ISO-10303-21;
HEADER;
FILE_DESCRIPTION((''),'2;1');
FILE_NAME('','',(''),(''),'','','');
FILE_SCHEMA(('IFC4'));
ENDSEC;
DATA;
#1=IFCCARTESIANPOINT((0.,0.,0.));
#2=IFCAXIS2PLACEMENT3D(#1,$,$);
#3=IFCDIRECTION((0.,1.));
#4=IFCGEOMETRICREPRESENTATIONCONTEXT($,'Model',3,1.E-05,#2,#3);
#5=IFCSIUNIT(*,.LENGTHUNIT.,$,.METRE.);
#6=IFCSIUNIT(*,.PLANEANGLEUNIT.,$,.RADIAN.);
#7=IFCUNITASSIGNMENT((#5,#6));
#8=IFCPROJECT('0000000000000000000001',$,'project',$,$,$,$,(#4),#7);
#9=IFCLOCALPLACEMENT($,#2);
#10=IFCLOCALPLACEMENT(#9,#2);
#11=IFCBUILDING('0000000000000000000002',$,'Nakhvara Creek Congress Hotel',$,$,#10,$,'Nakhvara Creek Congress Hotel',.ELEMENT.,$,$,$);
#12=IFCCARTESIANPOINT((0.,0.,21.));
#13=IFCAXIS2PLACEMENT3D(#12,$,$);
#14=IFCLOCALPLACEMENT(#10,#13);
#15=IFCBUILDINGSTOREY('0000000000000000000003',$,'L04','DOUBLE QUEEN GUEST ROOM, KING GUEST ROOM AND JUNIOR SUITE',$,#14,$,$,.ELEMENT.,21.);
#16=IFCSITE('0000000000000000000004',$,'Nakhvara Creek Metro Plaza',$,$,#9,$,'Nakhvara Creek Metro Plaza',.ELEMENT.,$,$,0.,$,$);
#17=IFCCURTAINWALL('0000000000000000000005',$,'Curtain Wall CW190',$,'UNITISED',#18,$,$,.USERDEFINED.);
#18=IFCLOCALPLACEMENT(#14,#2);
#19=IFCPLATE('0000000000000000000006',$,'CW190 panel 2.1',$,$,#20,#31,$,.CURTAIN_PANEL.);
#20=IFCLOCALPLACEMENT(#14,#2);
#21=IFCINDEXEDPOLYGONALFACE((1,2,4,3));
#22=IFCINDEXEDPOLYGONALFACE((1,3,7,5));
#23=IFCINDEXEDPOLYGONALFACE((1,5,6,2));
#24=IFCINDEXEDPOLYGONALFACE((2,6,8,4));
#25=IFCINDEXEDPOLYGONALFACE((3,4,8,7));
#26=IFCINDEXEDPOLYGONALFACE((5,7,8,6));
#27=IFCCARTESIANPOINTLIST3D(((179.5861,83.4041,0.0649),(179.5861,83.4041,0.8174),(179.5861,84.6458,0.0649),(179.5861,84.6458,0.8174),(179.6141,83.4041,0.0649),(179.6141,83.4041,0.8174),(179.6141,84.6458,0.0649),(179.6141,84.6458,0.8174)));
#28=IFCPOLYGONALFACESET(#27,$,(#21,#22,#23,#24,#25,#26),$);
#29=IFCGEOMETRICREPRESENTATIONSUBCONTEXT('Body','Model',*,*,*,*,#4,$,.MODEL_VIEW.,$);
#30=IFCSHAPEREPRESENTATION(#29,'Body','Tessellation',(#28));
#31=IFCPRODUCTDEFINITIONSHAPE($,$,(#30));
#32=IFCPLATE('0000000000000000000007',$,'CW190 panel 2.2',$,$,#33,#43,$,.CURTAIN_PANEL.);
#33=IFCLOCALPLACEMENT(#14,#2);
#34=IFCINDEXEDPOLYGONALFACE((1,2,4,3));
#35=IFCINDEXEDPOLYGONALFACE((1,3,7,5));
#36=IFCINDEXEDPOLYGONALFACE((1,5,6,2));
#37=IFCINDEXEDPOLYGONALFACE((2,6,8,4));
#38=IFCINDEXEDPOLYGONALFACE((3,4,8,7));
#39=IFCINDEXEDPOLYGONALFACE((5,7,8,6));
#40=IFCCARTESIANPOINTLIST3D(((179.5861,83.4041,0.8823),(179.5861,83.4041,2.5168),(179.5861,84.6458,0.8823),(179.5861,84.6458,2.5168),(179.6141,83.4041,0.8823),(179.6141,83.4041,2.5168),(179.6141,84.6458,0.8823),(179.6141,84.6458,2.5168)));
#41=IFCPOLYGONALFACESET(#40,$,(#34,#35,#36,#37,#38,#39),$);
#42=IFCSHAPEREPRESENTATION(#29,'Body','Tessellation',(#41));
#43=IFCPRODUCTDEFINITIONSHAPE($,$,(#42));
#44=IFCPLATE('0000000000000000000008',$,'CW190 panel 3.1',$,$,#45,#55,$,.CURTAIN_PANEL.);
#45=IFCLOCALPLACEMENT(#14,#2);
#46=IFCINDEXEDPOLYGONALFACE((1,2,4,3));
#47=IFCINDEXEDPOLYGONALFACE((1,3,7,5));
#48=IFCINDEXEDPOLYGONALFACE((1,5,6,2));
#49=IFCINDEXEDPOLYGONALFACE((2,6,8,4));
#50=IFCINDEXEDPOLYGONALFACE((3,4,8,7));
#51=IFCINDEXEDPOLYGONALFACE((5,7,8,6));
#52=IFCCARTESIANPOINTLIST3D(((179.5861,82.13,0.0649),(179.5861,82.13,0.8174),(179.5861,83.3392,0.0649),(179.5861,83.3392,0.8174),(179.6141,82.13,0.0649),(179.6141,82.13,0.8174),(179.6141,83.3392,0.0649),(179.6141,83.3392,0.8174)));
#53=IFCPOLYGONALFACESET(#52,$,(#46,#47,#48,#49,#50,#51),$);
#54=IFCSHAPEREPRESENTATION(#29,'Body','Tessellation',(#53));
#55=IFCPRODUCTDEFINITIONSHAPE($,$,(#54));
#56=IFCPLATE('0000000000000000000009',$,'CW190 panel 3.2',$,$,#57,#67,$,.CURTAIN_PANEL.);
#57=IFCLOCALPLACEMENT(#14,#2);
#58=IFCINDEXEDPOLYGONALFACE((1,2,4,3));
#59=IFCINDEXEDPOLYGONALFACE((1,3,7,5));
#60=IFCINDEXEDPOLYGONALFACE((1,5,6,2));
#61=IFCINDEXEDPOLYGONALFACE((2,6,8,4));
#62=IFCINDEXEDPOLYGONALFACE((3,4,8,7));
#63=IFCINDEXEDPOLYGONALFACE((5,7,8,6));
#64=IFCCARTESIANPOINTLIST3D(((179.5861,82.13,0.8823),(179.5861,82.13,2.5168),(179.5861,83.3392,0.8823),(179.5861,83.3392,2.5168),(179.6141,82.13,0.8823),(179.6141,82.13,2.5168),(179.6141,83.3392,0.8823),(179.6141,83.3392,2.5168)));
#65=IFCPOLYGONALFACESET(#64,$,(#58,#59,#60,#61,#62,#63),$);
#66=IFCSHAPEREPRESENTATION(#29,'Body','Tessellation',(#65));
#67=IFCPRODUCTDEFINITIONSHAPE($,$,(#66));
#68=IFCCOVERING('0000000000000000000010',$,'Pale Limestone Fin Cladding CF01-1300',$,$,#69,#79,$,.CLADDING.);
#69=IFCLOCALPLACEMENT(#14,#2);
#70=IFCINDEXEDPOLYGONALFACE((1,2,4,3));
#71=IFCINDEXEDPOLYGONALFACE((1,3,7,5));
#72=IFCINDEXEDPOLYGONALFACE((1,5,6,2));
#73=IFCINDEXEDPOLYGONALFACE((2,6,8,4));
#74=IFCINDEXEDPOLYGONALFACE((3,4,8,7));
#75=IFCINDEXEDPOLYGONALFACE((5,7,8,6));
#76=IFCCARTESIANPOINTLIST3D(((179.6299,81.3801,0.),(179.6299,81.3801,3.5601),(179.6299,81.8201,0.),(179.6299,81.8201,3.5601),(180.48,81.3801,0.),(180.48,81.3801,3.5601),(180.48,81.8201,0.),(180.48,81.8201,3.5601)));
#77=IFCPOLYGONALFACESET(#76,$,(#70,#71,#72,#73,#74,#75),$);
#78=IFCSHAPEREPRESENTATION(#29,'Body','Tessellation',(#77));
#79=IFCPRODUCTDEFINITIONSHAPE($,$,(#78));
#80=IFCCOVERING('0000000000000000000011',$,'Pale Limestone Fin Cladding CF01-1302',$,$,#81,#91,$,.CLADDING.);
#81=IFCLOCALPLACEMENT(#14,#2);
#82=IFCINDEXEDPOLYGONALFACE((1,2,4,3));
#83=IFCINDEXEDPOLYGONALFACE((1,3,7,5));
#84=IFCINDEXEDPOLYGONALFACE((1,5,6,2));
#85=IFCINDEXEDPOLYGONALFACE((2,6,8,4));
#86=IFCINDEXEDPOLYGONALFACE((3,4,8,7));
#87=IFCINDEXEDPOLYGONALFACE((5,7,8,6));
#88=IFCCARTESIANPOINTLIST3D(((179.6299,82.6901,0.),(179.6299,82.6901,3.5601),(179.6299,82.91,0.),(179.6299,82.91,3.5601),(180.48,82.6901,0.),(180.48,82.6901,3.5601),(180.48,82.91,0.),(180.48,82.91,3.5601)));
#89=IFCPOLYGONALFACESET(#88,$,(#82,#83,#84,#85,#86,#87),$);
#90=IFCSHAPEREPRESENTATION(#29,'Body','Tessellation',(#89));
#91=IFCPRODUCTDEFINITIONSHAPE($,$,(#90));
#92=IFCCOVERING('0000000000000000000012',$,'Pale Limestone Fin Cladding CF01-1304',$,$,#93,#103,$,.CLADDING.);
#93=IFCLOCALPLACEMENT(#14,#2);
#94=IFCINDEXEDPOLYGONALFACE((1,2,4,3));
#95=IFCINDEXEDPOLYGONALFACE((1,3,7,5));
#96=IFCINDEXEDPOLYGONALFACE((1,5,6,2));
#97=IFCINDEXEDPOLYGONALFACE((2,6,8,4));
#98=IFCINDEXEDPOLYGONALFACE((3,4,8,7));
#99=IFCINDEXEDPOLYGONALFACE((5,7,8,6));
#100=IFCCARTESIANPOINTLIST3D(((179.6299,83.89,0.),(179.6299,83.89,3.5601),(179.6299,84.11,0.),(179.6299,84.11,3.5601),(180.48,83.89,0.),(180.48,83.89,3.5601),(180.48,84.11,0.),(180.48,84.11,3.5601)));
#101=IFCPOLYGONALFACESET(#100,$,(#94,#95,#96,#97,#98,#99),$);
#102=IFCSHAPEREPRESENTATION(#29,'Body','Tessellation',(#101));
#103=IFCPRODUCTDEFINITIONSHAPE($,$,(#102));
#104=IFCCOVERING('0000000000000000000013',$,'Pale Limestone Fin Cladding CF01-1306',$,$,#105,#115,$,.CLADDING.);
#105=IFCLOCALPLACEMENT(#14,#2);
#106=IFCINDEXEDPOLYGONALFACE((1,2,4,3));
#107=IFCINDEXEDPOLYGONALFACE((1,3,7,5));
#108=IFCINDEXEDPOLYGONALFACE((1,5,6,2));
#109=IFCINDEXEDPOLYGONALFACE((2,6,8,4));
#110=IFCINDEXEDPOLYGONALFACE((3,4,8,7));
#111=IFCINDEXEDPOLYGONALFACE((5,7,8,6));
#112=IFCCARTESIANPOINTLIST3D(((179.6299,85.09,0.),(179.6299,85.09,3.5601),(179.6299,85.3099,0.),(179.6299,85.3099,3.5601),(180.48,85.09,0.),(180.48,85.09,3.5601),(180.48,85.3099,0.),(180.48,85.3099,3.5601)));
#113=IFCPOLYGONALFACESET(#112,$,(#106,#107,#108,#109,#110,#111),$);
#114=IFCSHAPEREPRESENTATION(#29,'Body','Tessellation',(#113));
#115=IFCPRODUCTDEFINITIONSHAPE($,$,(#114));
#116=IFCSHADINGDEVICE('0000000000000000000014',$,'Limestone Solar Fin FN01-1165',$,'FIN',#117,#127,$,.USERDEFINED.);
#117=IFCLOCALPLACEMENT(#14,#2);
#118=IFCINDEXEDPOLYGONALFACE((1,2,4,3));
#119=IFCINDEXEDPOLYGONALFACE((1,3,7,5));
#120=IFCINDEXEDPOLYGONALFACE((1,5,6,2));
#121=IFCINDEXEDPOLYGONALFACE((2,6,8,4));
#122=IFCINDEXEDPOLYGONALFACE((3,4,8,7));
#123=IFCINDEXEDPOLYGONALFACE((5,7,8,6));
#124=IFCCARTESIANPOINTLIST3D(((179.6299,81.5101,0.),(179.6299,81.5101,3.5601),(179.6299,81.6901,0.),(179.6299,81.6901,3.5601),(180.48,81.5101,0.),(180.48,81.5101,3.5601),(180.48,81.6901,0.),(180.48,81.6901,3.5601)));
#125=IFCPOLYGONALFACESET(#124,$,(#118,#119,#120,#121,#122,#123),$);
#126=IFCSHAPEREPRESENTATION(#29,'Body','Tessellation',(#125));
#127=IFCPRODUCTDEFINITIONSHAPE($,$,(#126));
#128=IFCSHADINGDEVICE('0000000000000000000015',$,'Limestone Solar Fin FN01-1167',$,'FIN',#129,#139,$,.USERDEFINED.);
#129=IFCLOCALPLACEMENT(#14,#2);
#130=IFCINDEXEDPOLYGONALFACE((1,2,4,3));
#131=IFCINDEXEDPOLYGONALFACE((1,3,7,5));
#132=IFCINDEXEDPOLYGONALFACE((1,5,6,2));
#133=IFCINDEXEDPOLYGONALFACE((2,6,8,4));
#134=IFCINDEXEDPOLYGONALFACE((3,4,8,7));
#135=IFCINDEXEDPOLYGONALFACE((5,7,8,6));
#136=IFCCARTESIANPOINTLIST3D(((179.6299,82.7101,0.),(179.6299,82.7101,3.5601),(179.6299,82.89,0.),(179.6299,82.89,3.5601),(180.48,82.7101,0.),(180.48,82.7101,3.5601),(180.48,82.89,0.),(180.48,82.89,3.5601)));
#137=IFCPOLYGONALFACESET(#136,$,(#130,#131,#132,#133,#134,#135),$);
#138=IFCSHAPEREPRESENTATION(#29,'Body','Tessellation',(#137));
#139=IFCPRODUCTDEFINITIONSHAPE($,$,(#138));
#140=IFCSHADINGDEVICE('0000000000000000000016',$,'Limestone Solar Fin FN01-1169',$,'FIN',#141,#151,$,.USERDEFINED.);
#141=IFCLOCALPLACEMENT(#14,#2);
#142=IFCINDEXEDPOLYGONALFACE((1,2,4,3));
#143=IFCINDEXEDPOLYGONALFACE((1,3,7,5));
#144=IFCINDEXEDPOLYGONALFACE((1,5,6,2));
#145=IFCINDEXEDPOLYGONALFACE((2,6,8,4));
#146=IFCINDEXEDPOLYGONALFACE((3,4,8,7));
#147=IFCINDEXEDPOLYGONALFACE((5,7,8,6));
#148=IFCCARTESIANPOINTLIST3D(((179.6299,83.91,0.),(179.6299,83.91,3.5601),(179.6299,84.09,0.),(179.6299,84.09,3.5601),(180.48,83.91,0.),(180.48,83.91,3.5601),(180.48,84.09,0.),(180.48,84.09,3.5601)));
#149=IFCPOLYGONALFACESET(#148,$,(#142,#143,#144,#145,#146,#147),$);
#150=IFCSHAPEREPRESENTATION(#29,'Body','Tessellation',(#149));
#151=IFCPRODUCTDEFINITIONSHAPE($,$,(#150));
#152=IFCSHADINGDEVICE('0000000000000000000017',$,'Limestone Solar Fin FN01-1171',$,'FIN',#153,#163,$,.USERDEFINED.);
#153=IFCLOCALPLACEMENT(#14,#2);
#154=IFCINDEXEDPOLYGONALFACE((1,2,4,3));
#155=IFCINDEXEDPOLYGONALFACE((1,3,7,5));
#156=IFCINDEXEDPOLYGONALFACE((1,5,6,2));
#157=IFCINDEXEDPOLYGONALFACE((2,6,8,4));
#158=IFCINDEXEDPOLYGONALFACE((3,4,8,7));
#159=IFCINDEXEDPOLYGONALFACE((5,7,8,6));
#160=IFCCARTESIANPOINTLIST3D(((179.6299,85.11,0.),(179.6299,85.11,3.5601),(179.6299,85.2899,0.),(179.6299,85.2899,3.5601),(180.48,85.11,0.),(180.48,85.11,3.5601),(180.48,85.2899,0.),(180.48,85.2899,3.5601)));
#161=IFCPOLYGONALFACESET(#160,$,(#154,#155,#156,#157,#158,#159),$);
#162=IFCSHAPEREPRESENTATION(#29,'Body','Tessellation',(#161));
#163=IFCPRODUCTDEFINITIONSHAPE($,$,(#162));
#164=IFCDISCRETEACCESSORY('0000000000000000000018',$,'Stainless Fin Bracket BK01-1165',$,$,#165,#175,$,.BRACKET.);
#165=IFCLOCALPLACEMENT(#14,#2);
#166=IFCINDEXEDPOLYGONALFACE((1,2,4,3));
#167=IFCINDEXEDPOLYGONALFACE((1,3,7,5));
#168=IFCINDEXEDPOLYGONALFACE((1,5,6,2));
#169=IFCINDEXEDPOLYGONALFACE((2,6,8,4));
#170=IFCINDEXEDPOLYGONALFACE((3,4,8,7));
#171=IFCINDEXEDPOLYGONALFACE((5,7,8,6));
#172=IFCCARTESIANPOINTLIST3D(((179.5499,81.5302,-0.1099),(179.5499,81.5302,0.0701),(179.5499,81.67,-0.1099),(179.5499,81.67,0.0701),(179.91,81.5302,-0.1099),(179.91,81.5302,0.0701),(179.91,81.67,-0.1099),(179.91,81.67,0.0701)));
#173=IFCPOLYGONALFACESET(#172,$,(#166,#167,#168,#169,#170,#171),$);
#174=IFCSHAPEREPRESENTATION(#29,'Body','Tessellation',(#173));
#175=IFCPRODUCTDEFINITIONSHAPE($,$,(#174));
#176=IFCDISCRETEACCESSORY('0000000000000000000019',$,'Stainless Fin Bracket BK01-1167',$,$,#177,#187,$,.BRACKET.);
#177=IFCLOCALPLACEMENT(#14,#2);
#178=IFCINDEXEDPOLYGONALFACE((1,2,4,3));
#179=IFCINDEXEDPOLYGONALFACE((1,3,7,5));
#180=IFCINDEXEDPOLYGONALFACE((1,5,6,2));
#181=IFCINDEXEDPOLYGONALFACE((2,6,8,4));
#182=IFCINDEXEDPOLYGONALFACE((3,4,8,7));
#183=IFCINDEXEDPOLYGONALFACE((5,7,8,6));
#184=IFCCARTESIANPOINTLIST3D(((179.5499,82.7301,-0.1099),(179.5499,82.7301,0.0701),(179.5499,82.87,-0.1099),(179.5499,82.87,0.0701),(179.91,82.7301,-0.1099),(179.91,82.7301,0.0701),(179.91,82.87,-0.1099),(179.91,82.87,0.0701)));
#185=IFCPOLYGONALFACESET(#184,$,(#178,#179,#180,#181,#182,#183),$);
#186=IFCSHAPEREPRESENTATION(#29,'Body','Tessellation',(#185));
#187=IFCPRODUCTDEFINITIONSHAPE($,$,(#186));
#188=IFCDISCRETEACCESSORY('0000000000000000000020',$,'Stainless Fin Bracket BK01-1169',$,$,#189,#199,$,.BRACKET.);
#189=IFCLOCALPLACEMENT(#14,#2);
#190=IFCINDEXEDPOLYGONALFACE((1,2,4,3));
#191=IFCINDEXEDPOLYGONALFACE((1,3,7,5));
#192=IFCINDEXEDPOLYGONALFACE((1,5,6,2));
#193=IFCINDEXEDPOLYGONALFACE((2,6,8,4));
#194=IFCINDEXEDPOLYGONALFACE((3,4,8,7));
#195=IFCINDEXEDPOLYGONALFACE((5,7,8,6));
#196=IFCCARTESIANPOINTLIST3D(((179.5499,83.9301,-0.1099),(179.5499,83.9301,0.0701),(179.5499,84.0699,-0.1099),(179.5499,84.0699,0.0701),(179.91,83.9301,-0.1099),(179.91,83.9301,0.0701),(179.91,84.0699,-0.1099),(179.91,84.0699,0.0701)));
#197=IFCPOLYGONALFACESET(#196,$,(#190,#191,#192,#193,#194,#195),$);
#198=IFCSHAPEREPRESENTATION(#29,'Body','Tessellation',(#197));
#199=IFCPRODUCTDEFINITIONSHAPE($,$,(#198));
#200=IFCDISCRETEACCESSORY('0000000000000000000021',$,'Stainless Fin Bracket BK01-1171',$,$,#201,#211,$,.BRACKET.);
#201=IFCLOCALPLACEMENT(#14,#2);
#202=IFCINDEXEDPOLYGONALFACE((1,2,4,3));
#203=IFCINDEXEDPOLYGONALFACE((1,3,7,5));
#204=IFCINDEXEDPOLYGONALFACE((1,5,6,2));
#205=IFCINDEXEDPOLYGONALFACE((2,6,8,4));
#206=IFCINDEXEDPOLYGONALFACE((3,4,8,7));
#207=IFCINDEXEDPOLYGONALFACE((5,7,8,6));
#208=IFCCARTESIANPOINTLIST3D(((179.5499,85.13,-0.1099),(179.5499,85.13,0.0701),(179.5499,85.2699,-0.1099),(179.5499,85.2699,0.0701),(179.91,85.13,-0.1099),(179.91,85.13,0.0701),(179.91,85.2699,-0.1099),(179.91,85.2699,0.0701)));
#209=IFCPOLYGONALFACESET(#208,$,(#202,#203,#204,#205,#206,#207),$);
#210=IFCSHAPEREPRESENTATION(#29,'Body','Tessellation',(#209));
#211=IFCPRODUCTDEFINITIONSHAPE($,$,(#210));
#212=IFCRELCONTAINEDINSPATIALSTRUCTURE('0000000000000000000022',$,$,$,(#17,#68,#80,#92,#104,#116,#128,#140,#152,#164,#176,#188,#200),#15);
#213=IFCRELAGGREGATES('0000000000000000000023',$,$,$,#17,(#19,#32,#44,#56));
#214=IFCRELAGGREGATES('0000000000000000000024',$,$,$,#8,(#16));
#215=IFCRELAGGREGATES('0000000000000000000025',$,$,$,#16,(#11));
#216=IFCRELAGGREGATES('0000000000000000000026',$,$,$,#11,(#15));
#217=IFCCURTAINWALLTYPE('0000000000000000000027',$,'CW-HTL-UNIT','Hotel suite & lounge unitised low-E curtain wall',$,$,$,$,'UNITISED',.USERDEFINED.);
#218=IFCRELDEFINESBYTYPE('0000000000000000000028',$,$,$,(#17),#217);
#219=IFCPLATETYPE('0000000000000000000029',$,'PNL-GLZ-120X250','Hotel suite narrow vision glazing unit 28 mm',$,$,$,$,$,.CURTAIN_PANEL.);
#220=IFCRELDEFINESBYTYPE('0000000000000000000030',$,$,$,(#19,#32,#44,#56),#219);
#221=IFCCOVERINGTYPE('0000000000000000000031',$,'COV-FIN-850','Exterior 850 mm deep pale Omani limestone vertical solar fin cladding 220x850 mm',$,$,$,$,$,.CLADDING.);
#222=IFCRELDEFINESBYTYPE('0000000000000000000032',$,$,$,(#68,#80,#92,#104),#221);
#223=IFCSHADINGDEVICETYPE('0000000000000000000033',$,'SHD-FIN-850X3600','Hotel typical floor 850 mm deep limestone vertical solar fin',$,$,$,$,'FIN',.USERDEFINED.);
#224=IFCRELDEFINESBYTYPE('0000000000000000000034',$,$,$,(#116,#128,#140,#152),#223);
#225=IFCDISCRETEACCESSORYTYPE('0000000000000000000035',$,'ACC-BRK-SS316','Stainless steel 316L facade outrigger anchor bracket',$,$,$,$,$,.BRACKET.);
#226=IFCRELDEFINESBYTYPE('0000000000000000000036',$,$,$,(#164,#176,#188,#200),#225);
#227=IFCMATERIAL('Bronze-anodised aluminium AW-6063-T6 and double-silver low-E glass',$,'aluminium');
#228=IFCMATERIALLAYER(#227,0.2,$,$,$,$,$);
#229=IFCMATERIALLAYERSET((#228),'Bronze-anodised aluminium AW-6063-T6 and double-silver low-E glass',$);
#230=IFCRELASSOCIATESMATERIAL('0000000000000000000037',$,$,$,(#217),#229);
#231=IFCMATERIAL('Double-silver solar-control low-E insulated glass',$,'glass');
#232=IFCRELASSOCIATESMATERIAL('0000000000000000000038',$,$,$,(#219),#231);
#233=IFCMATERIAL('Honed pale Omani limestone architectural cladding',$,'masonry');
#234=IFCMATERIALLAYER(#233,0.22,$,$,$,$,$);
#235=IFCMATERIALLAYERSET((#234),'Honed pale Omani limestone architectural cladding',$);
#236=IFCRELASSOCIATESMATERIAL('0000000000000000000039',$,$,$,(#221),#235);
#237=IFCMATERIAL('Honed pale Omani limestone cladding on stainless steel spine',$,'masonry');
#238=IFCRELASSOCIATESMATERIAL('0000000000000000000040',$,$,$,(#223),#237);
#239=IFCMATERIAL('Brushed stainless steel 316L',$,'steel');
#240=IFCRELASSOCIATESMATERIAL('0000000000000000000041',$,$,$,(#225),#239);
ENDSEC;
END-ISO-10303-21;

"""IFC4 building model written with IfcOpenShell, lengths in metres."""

from ifc_helpers import new_model, si_unit, direction, frame, origin, origin_2d, place, context, subcontext, project, spatial, rectangle, extrude, material, layer, layer_set, type_object, element, aggregate, save


model = new_model("IFC4")

# Units and contexts
model_context = context("Model", 3, precision=1e-05, world=origin(), true_north=direction((0.0, 1.0)))
body_context = subcontext(model_context, "Body", "Model", "MODEL_VIEW")
ifc_project = project(units=[si_unit("LENGTHUNIT", "METRE"), si_unit("PLANEANGLEUNIT", "RADIAN")], contexts=[model_context])

# Site, building, storey
site_placement = place(None, origin())
site = spatial("IfcSite", under=ifc_project, at=site_placement, Name="Nakhvara Creek Metro Plaza", LongName="Nakhvara Creek Metro Plaza", CompositionType="ELEMENT", RefElevation=0.0)
building_placement = place(site_placement, origin())
building = spatial("IfcBuilding", under=site, at=building_placement, Name="Nakhvara Creek Congress Hotel", LongName="Nakhvara Creek Congress Hotel", CompositionType="ELEMENT")
storey_placement = place(building_placement, frame((0.0, 0.0, 21.0)))
storey = spatial("IfcBuildingStorey", under=building, at=storey_placement, Name="L04", Description="DOUBLE QUEEN GUEST ROOM, KING GUEST ROOM AND JUNIOR SUITE", CompositionType="ELEMENT", Elevation=21.0)

# Curtain wall, plates
ifc_material_1 = material(Name="Bronze-anodised aluminium AW-6063-T6 and double-silver low-E glass", Category="aluminium")
ifc_layer_1 = layer(ifc_material_1, 0.2)
ifc_layer_set_1 = layer_set([ifc_layer_1], Name="Bronze-anodised aluminium AW-6063-T6 and double-silver low-E glass")
curtain_wall_type = type_object("IfcCurtainWallType", Name="CW-HTL-UNIT", Description="Hotel suite & lounge unitised low-E curtain wall", ElementType="UNITISED", PredefinedType="USERDEFINED", material=ifc_layer_set_1)
curtain_wall_placement = place(storey_placement, origin())
curtain_wall = element("IfcCurtainWall", 1, at=curtain_wall_placement, inside=storey, type_object=curtain_wall_type, Name="Curtain Wall CW190", ObjectType="UNITISED", PredefinedType="USERDEFINED")
ifc_material_2 = material(Name="Double-silver solar-control low-E insulated glass", Category="glass")
plate_type = type_object("IfcPlateType", Name="PNL-GLZ-120X250", Description="Hotel suite narrow vision glazing unit 28 mm", PredefinedType="CURTAIN_PANEL", material=ifc_material_2)
plate_1_placement = place(storey_placement, frame((179.6001, 84.0249, 0.0649), z_axis=(0.0, 0.0, 1.0), x_axis=(0.0, -1.0, 0.0)))
plate_1 = element("IfcPlate", 2, at=plate_1_placement, type_object=plate_type, Name="CW190 panel 2.1", PredefinedType="CURTAIN_PANEL", context=body_context, shape_type="SweptSolid", body=[
    extrude(rectangle(XDim=1.2417, YDim=0.0281, at=origin_2d()), origin(), (0.0, 0.0, 1.0), 0.7524),
])
plate_2_placement = place(storey_placement, frame((179.6001, 84.0249, 0.8823), z_axis=(0.0, 0.0, 1.0), x_axis=(0.0, -1.0, 0.0)))
plate_2 = element("IfcPlate", 3, at=plate_2_placement, type_object=plate_type, Name="CW190 panel 2.2", PredefinedType="CURTAIN_PANEL", context=body_context, shape_type="SweptSolid", body=[
    extrude(rectangle(XDim=1.2417, YDim=0.0281, at=origin_2d()), origin(), (0.0, 0.0, 1.0), 1.6345),
])
plate_3_placement = place(storey_placement, frame((179.6001, 82.7346, 0.0649), z_axis=(0.0, 0.0, 1.0), x_axis=(0.0, -1.0, 0.0)))
plate_3 = element("IfcPlate", 4, at=plate_3_placement, type_object=plate_type, Name="CW190 panel 3.1", PredefinedType="CURTAIN_PANEL", context=body_context, shape_type="SweptSolid", body=[
    extrude(rectangle(XDim=1.2092, YDim=0.0281, at=origin_2d()), origin(), (0.0, 0.0, 1.0), 0.7524),
])
plate_4_placement = place(storey_placement, frame((179.6001, 82.7346, 0.8823), z_axis=(0.0, 0.0, 1.0), x_axis=(0.0, -1.0, 0.0)))
plate_4 = element("IfcPlate", 5, at=plate_4_placement, type_object=plate_type, Name="CW190 panel 3.2", PredefinedType="CURTAIN_PANEL", context=body_context, shape_type="SweptSolid", body=[
    extrude(rectangle(XDim=1.2092, YDim=0.0281, at=origin_2d()), origin(), (0.0, 0.0, 1.0), 1.6345),
])
aggregate(curtain_wall, [plate_1, plate_2, plate_3, plate_4])

# Coverings
ifc_material_3 = material(Name="Honed pale Omani limestone architectural cladding", Category="masonry")
ifc_layer_2 = layer(ifc_material_3, 0.22)
ifc_layer_set_2 = layer_set([ifc_layer_2], Name="Honed pale Omani limestone architectural cladding")
covering_type = type_object("IfcCoveringType", Name="COV-FIN-850", Description="Exterior 850 mm deep pale Omani limestone vertical solar fin cladding 220x850 mm", PredefinedType="CLADDING", material=ifc_layer_set_2)
covering_placement = place(storey_placement, frame((180.0549, 81.6001, 0.0), z_axis=(0.0, 0.0, 1.0), x_axis=(0.0, 1.0, 0.0)))
element("IfcCovering", 6, at=covering_placement, inside=storey, type_object=covering_type, Name="Pale Limestone Fin Cladding CF01-1300", PredefinedType="CLADDING", context=body_context, shape_type="SweptSolid", body=[
    extrude(rectangle(XDim=0.4399, YDim=0.8501, at=origin_2d()), origin(), (0.0, 0.0, 1.0), 3.5601),
])
for number, where, z_axis, x_axis, name in (
    (7, (180.0549, 82.8, 0.0), (0.0, 0.0, 1.0), (0.0, 1.0, 0.0), "Pale Limestone Fin Cladding CF01-1302"),
    (8, (180.0549, 84.0, 0.0), (0.0, 0.0, 1.0), (0.0, 1.0, 0.0), "Pale Limestone Fin Cladding CF01-1304"),
    (9, (180.0549, 85.2, 0.0), (0.0, 0.0, 1.0), (0.0, 1.0, 0.0), "Pale Limestone Fin Cladding CF01-1306"),
):
    element("IfcCovering", number, at=place(storey_placement, frame(where, z_axis=z_axis, x_axis=x_axis)), inside=storey, type_object=covering_type, Name=name, PredefinedType="CLADDING", context=body_context, shape_type="SweptSolid", body=[
        extrude(rectangle(XDim=0.22, YDim=0.8501, at=origin_2d()), origin(), (0.0, 0.0, 1.0), 3.5601),
    ])

# Shading devices
ifc_material_4 = material(Name="Honed pale Omani limestone cladding on stainless steel spine", Category="masonry")
shading_device_type = type_object("IfcShadingDeviceType", Name="SHD-FIN-850X3600", Description="Hotel typical floor 850 mm deep limestone vertical solar fin", ElementType="FIN", PredefinedType="USERDEFINED", material=ifc_material_4)
for number, where, z_axis, x_axis, name in (
    (10, (180.0549, 81.6001, 0.0), (0.0, 0.0, 1.0), (0.0, 1.0, 0.0), "Limestone Solar Fin FN01-1165"),
    (11, (180.0549, 82.8, 0.0), (0.0, 0.0, 1.0), (0.0, 1.0, 0.0), "Limestone Solar Fin FN01-1167"),
    (12, (180.0549, 84.0, 0.0), (0.0, 0.0, 1.0), (0.0, 1.0, 0.0), "Limestone Solar Fin FN01-1169"),
    (13, (180.0549, 85.2, 0.0), (0.0, 0.0, 1.0), (0.0, 1.0, 0.0), "Limestone Solar Fin FN01-1171"),
):
    element("IfcShadingDevice", number, at=place(storey_placement, frame(where, z_axis=z_axis, x_axis=x_axis)), inside=storey, type_object=shading_device_type, Name=name, ObjectType="FIN", PredefinedType="USERDEFINED", context=body_context, shape_type="SweptSolid", body=[
        extrude(rectangle(XDim=0.1799, YDim=0.8501, at=origin_2d()), origin(), (0.0, 0.0, 1.0), 3.5601),
    ])

# Discrete accessories
ifc_material_5 = material(Name="Brushed stainless steel 316L", Category="steel")
discrete_accessory_type = type_object("IfcDiscreteAccessoryType", Name="ACC-BRK-SS316", Description="Stainless steel 316L facade outrigger anchor bracket", PredefinedType="BRACKET", material=ifc_material_5)
for number, where, z_axis, x_axis, name in (
    (14, (179.73, 81.6001, -0.1099), (0.0, 0.0, 1.0), (0.0, 1.0, 0.0), "Stainless Fin Bracket BK01-1165"),
    (15, (179.73, 82.8, -0.1099), (0.0, 0.0, 1.0), (0.0, 1.0, 0.0), "Stainless Fin Bracket BK01-1167"),
    (16, (179.73, 84.0, -0.1099), (0.0, 0.0, 1.0), (0.0, 1.0, 0.0), "Stainless Fin Bracket BK01-1169"),
    (17, (179.73, 85.2, -0.1099), (0.0, 0.0, 1.0), (0.0, 1.0, 0.0), "Stainless Fin Bracket BK01-1171"),
):
    element("IfcDiscreteAccessory", number, at=place(storey_placement, frame(where, z_axis=z_axis, x_axis=x_axis)), inside=storey, type_object=discrete_accessory_type, Name=name, PredefinedType="BRACKET", context=body_context, shape_type="SweptSolid", body=[
        extrude(rectangle(XDim=0.1399, YDim=0.3601, at=origin_2d()), origin(), (0.0, 0.0, 1.0), 0.1799),
    ])

save(model, "model.ifc")
